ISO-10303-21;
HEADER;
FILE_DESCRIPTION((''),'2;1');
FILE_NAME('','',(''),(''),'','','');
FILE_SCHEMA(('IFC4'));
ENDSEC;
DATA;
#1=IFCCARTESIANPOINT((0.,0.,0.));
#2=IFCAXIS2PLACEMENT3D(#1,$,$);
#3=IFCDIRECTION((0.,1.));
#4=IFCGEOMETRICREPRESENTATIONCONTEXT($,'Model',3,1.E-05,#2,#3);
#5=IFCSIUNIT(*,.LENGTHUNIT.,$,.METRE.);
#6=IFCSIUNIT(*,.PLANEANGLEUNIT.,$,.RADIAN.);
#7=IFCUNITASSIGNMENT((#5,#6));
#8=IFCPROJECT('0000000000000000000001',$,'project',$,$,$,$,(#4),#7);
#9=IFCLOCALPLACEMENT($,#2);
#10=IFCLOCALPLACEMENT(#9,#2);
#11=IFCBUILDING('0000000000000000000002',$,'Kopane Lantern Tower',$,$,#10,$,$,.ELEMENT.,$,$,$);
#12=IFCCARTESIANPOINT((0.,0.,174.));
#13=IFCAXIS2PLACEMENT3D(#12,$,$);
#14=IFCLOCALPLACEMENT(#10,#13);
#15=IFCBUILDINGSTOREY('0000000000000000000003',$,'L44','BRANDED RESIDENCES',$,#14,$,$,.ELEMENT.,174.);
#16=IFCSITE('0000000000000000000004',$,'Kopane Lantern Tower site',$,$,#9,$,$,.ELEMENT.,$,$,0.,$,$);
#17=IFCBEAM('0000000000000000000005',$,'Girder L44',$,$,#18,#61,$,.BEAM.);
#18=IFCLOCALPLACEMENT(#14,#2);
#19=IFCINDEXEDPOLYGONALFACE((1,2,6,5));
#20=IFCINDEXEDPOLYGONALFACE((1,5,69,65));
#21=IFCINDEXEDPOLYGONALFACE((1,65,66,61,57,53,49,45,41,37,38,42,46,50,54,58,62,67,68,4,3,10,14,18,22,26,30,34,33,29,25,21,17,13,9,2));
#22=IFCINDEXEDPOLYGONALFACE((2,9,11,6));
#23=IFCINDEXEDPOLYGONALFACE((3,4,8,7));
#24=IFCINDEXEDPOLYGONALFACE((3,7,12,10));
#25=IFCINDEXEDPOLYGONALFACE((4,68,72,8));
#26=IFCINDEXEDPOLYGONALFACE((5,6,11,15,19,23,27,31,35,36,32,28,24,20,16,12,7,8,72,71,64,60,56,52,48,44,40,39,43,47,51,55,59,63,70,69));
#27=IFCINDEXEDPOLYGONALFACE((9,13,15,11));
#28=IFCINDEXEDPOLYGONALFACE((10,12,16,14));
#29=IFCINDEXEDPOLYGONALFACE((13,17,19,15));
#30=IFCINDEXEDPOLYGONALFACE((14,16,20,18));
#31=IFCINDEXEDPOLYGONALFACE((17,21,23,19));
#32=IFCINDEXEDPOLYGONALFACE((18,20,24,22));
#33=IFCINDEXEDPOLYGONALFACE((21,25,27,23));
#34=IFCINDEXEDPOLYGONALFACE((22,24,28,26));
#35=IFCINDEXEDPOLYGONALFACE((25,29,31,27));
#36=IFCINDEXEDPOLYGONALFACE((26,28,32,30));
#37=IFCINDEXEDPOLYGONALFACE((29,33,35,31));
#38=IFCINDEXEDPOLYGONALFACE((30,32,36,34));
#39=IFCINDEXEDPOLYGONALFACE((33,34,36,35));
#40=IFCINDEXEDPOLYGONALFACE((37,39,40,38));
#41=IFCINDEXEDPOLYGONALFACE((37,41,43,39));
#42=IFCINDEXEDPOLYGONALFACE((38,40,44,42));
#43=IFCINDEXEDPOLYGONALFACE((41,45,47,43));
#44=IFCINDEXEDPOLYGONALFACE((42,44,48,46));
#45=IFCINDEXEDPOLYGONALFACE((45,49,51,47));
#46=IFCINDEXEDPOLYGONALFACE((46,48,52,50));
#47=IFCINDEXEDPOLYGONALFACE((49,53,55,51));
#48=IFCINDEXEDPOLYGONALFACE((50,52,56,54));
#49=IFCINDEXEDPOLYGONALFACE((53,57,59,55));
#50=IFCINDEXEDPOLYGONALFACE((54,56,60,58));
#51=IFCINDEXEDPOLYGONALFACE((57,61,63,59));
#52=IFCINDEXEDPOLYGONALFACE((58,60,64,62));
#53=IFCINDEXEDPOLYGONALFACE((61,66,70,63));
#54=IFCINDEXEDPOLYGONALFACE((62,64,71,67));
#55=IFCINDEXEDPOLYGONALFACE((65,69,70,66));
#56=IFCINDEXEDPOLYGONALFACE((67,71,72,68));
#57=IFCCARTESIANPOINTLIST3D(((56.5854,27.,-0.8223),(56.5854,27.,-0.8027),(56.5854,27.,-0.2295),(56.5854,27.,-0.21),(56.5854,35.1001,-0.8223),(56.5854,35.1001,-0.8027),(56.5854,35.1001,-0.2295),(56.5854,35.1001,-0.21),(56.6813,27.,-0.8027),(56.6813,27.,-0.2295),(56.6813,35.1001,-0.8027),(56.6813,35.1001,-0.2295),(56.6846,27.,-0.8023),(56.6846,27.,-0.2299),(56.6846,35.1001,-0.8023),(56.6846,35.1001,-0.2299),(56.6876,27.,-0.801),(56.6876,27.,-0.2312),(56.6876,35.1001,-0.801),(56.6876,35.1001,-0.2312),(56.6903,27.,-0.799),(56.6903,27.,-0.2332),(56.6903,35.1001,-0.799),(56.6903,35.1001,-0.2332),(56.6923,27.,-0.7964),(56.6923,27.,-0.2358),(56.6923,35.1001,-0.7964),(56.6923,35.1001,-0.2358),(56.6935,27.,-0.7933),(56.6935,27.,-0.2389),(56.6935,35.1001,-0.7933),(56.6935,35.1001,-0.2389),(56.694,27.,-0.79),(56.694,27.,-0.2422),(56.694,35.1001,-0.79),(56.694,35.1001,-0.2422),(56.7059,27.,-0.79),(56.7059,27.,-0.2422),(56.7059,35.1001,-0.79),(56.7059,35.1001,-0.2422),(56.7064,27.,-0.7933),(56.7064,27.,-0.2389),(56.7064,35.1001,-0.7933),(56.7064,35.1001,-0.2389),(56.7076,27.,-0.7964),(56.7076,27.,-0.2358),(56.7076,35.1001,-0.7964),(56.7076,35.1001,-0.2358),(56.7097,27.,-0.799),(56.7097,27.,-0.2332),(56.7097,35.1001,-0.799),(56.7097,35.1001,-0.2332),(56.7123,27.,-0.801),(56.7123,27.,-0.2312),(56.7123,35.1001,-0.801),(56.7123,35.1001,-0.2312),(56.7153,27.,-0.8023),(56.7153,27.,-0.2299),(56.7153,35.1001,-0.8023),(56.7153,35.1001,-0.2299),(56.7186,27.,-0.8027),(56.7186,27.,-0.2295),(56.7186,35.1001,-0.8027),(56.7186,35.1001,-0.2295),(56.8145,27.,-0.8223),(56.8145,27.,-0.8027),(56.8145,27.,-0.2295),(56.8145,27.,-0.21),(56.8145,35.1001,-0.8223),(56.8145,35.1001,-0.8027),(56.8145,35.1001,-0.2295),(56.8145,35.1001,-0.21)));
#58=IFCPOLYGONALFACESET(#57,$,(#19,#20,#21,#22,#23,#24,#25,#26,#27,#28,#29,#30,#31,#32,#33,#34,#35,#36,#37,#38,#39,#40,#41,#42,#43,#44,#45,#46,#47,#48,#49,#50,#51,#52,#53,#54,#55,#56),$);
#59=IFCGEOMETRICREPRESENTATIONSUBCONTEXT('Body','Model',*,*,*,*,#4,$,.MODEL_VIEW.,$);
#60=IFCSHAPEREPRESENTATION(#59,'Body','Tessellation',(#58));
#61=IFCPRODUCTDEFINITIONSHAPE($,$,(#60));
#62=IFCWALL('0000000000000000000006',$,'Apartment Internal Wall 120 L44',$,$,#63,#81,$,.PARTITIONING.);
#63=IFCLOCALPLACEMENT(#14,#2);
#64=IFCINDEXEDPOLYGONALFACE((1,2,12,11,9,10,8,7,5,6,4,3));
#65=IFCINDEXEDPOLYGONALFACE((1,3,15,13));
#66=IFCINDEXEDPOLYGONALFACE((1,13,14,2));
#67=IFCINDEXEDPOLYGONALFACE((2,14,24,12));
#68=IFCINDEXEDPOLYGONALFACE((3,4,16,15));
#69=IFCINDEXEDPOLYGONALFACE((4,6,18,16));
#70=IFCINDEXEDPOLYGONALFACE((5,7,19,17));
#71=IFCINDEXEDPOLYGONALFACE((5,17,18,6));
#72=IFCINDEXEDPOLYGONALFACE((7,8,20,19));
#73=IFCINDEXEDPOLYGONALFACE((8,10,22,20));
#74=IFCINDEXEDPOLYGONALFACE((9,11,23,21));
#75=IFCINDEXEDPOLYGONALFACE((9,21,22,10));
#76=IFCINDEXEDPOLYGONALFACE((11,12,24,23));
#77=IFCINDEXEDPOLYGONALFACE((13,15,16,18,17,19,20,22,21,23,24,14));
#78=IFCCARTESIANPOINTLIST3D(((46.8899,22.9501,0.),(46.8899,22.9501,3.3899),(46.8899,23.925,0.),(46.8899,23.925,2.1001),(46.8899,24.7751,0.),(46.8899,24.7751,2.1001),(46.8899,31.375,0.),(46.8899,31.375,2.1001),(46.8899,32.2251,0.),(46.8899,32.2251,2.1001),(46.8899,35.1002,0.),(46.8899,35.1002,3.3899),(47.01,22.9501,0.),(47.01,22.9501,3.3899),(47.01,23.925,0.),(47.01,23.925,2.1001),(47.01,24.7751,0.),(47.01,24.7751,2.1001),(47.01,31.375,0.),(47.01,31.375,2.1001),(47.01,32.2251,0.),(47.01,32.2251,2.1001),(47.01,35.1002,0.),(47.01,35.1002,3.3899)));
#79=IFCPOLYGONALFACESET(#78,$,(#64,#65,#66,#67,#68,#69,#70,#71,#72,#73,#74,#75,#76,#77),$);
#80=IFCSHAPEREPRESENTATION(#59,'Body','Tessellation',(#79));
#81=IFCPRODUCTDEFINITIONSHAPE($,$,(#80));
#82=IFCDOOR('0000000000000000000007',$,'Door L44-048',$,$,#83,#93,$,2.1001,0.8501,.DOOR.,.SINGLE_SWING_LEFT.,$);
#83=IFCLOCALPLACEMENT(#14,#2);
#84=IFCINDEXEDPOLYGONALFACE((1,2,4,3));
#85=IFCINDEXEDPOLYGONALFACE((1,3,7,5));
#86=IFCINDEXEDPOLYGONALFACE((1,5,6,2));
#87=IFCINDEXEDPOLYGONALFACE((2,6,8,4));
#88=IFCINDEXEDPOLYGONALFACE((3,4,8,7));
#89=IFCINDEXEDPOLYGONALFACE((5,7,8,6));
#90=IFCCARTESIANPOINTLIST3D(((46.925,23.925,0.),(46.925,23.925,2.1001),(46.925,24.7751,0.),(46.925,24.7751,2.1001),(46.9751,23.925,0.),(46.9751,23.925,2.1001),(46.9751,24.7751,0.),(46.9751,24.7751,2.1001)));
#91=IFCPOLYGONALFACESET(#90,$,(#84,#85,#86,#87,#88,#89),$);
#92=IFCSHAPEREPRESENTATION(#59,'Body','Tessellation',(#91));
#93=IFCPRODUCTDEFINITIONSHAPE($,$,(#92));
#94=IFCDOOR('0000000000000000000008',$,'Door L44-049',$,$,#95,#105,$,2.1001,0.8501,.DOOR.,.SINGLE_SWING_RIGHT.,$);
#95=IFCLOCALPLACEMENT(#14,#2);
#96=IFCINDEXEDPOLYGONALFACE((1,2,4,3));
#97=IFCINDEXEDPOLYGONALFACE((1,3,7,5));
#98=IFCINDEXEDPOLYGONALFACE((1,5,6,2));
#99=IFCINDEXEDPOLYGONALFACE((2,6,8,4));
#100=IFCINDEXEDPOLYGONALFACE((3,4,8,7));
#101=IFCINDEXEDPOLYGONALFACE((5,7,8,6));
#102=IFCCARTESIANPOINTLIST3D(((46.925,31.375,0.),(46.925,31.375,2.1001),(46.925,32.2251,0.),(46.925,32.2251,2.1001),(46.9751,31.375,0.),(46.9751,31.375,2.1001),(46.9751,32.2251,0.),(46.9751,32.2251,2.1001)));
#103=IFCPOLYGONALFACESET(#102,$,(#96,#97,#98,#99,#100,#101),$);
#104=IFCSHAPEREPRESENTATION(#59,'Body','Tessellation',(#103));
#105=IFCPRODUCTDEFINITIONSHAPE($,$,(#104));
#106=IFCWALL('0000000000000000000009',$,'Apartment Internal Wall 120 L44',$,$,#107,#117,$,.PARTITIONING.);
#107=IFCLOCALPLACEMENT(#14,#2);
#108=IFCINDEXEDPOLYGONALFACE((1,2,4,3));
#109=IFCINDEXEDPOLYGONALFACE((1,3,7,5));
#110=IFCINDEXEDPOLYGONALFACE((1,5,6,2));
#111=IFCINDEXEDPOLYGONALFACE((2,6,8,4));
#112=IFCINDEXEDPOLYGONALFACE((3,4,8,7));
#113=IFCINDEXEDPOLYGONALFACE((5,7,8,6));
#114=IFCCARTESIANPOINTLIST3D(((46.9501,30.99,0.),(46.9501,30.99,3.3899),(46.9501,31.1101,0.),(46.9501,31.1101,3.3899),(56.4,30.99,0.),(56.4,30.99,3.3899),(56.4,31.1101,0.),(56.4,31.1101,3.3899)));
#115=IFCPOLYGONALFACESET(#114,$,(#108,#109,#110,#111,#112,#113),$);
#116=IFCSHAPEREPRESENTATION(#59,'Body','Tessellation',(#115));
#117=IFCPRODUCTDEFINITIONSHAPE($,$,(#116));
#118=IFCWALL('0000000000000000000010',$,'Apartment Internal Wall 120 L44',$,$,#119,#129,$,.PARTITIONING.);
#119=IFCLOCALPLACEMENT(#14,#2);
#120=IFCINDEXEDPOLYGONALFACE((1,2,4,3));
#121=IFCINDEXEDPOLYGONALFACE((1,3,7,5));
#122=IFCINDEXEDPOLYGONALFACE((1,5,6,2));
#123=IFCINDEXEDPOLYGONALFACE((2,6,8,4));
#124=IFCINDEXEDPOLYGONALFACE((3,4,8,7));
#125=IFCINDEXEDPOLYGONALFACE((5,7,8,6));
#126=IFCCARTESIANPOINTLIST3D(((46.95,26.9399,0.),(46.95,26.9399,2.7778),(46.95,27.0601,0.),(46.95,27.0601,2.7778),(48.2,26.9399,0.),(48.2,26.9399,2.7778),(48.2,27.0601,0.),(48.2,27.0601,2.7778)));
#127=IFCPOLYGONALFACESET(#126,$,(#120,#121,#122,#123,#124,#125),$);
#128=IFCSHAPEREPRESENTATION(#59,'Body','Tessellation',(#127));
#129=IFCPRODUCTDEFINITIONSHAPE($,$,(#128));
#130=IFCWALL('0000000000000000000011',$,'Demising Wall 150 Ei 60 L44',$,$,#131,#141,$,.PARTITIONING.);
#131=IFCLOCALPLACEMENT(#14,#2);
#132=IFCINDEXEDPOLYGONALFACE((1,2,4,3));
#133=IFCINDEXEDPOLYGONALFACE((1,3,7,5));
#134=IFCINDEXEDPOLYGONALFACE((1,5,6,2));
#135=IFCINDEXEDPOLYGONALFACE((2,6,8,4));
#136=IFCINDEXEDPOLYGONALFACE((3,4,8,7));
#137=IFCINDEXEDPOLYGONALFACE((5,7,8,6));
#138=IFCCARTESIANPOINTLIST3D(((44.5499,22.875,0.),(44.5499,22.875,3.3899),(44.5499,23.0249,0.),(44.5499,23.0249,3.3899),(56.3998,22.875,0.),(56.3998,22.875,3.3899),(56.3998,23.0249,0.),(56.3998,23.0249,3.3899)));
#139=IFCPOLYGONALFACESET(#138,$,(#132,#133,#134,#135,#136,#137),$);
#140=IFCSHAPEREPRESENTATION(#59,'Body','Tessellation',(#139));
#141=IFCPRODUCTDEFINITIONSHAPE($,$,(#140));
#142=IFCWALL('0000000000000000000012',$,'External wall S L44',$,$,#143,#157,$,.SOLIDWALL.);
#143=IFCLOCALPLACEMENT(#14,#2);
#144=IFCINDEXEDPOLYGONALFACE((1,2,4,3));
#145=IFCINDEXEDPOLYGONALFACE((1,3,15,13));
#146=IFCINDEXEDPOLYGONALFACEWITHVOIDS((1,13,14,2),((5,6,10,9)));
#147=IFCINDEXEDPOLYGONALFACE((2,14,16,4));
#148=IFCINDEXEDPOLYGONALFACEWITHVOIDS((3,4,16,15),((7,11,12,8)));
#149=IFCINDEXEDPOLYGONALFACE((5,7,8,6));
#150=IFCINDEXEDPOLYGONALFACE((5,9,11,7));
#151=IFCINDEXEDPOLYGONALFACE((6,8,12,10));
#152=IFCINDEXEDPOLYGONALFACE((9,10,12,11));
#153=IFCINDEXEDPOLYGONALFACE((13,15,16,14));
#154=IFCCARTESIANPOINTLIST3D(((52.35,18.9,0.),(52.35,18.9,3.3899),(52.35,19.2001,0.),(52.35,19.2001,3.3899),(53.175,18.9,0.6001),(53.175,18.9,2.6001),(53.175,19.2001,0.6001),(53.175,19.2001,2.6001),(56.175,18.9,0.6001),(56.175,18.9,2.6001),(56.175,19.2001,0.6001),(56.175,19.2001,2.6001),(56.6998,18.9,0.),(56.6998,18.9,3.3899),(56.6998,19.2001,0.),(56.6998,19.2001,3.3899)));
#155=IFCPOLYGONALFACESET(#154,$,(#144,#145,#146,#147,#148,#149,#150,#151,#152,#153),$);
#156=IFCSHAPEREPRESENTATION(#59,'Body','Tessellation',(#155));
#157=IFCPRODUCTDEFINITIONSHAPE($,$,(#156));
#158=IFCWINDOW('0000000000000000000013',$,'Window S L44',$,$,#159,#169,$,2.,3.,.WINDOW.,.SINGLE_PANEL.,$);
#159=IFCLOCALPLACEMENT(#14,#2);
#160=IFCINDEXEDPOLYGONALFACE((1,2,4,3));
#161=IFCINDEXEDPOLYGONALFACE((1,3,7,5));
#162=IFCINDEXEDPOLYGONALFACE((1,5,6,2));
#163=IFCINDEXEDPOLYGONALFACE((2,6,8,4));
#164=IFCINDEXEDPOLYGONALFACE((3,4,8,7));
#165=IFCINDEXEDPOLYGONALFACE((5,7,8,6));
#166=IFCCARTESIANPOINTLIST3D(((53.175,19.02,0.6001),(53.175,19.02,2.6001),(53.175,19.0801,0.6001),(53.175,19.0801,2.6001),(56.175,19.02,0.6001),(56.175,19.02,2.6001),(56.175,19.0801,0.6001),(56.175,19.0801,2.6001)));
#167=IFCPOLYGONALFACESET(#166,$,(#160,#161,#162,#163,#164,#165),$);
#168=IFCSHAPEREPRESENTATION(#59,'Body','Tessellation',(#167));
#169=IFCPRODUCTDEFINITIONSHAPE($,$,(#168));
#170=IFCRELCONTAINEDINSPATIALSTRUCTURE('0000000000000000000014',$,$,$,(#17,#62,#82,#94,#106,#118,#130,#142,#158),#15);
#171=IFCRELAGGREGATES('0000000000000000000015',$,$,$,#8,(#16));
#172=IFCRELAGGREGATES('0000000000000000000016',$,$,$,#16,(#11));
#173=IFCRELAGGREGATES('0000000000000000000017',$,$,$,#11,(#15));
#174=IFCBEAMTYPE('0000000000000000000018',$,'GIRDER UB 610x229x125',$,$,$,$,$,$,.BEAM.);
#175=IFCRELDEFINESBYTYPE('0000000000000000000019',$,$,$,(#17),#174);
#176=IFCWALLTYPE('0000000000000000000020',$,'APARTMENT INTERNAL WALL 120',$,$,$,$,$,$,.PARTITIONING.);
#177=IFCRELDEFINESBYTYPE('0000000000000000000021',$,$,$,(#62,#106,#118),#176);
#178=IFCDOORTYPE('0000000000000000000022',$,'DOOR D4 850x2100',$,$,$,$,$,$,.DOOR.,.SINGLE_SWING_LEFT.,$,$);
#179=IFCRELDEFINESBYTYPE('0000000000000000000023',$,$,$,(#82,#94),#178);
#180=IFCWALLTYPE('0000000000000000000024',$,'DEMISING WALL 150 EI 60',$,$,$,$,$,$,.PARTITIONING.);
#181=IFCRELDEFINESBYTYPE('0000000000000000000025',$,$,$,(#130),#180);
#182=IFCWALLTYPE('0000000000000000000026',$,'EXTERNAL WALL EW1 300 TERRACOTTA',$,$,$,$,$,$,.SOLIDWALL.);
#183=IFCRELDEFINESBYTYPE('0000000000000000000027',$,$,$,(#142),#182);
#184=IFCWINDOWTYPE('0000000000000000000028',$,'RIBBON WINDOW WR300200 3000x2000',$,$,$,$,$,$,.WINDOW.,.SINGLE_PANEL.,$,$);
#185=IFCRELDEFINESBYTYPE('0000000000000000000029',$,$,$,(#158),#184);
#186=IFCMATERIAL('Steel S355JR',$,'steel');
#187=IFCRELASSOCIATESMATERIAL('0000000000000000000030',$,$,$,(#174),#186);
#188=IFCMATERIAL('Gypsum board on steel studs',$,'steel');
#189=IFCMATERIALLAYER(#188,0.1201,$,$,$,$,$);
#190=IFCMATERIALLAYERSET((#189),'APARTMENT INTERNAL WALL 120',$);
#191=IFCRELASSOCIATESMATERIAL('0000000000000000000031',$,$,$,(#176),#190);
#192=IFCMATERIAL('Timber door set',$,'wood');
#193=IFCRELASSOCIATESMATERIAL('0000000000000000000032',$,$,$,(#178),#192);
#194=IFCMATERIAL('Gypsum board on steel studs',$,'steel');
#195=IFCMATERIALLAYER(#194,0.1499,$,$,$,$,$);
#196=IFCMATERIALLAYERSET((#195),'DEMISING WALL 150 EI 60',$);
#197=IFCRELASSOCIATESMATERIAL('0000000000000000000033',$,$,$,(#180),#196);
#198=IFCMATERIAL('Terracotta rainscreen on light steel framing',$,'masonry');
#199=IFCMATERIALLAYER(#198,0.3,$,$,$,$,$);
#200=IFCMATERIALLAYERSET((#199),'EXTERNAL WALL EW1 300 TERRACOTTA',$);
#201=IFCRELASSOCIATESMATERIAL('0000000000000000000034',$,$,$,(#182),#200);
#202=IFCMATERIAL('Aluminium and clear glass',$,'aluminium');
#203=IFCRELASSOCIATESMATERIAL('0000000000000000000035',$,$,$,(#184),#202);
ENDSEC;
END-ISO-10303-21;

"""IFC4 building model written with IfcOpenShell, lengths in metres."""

from ifc_helpers import new_model, si_unit, direction, frame, frame_2d, origin, origin_2d, place, context, subcontext, project, spatial, rectangle, i_section, extrude, material, layer, layer_set, material_profile, profile_set, type_object, element, fill, save


model = new_model("IFC4")

# Units and contexts
model_context = context("Model", 3, precision=1e-05, world=origin(), true_north=direction((0.0, 1.0)))
body_context = subcontext(model_context, "Body", "Model", "MODEL_VIEW")
ifc_project = project(units=[si_unit("LENGTHUNIT", "METRE"), si_unit("PLANEANGLEUNIT", "RADIAN")], contexts=[model_context])

# Site, building, storey
site_placement = place(None, origin())
site = spatial("IfcSite", under=ifc_project, at=site_placement, Name="Kopane Lantern Tower site", CompositionType="ELEMENT", RefElevation=0.0)
building_placement = place(site_placement, origin())
building = spatial("IfcBuilding", under=site, at=building_placement, Name="Kopane Lantern Tower", CompositionType="ELEMENT")
storey_placement = place(building_placement, frame((0.0, 0.0, 174.0)))
storey = spatial("IfcBuildingStorey", under=building, at=storey_placement, Name="L44", Description="BRANDED RESIDENCES", CompositionType="ELEMENT", Elevation=174.0)

# Beam
ifc_material_1 = material(Name="Steel S355JR", Category="steel")
ifc_material_profile_1 = material_profile(ifc_material_1, i_section(OverallWidth=0.229, OverallDepth=0.6123, WebThickness=0.012, FlangeThickness=0.0195, FilletRadius=0.0127, at=origin_2d()), Name="UB 610x229x125")
ifc_profile_set_1 = profile_set([ifc_material_profile_1], Name="Steel S355JR")
beam_type = type_object("IfcBeamType", Name="GIRDER UB 610x229x125", PredefinedType="BEAM", material=ifc_profile_set_1)
beam_1_placement = place(storey_placement, frame((56.7, 27.0, -0.5161), z_axis=(0.0, 1.0, 0.0), x_axis=(-1.0, 0.0, 0.0)))
element("IfcBeam", 1, at=beam_1_placement, inside=storey, type_object=beam_type, Name="Girder L44", PredefinedType="BEAM", context=body_context, shape_type="SweptSolid", body=[
    extrude(i_section(OverallWidth=0.229, OverallDepth=0.6123, WebThickness=0.012, FlangeThickness=0.0195, FilletRadius=0.0127, at=origin_2d()), origin(), (0.0, 0.0, 1.0), 8.1001),
])

# Wall, openings, doors
ifc_material_2 = material(Name="Gypsum board on steel studs", Category="steel")
ifc_layer_1 = layer(ifc_material_2, 0.1201)
ifc_layer_set_1 = layer_set([ifc_layer_1], Name="APARTMENT INTERNAL WALL 120")
wall_type_1 = type_object("IfcWallType", Name="APARTMENT INTERNAL WALL 120", PredefinedType="PARTITIONING", material=ifc_layer_set_1)
wall_1_placement = place(storey_placement, frame((46.95, 22.95, 0.0), z_axis=(0.0, 0.0, 1.0), x_axis=(0.0, 1.0, 0.0)))
wall_1 = element("IfcWall", 2, at=wall_1_placement, inside=storey, type_object=wall_type_1, Name="Apartment Internal Wall 120 L44", PredefinedType="PARTITIONING", context=body_context, shape_type="SweptSolid", body=[
    extrude(rectangle(XDim=12.1501, YDim=0.1201, at=frame_2d((6.0752, 0.0))), origin(), (0.0, 0.0, 1.0), 3.3899),
])
opening_1_placement = place(wall_1_placement, frame((0.9751, 0.0, 0.0)))
opening_1 = element("IfcOpeningElement", 3, at=opening_1_placement, cuts=wall_1, PredefinedType="OPENING", context=body_context, shape_type="SweptSolid", body=[
    extrude(rectangle(XDim=0.8501, YDim=2.1001, at=frame_2d((0.425, 1.05))), frame((0.0, 0.0701, 0.0), z_axis=(0.0, -1.0, 0.0), x_axis=(1.0, 0.0, 0.0)), (0.0, 0.0, 1.0), 0.1401),
])
opening_2_placement = place(wall_1_placement, frame((8.425, 0.0, 0.0)))
opening_2 = element("IfcOpeningElement", 4, at=opening_2_placement, cuts=wall_1, PredefinedType="OPENING", context=body_context, shape_type="SweptSolid", body=[
    extrude(rectangle(XDim=0.8501, YDim=2.1001, at=frame_2d((0.425, 1.05))), frame((0.0, 0.0701, 0.0), z_axis=(0.0, -1.0, 0.0), x_axis=(1.0, 0.0, 0.0)), (0.0, 0.0, 1.0), 0.1401),
])
ifc_material_3 = material(Name="Timber door set", Category="wood")
door_type = type_object("IfcDoorType", Name="DOOR D4 850x2100", OperationType="SINGLE_SWING_LEFT", PredefinedType="DOOR", material=ifc_material_3)
door_1_placement = place(opening_1_placement, origin())
door_1 = element("IfcDoor", 5, at=door_1_placement, inside=storey, type_object=door_type, Name="Door L44-048", OperationType="SINGLE_SWING_LEFT", OverallHeight=2.1001, OverallWidth=0.8501, PredefinedType="DOOR", context=body_context, shape_type="SweptSolid", body=[
    extrude(rectangle(XDim=0.8501, YDim=2.1001, at=frame_2d((0.425, 1.05))), frame((0.0, 0.0249, 0.0), z_axis=(0.0, -1.0, 0.0), x_axis=(1.0, 0.0, 0.0)), (0.0, 0.0, 1.0), 0.05),
])
fill(opening_1, door_1)
door_2_placement = place(opening_2_placement, origin())
door_2 = element("IfcDoor", 6, at=door_2_placement, inside=storey, type_object=door_type, Name="Door L44-049", OperationType="SINGLE_SWING_RIGHT", OverallHeight=2.1001, OverallWidth=0.8501, PredefinedType="DOOR", context=body_context, shape_type="SweptSolid", body=[
    extrude(rectangle(XDim=0.8501, YDim=2.1001, at=frame_2d((0.425, 1.05))), frame((0.0, 0.0249, 0.0), z_axis=(0.0, -1.0, 0.0), x_axis=(1.0, 0.0, 0.0)), (0.0, 0.0, 1.0), 0.05),
])
fill(opening_2, door_2)

# Walls
wall_2_placement = place(storey_placement, frame((46.95, 31.05, 0.0), z_axis=(0.0, 0.0, 1.0), x_axis=(1.0, 0.0, 0.0)))
element("IfcWall", 7, at=wall_2_placement, inside=storey, type_object=wall_type_1, Name="Apartment Internal Wall 120 L44", PredefinedType="PARTITIONING", context=body_context, shape_type="SweptSolid", body=[
    extrude(rectangle(XDim=9.45, YDim=0.1201, at=frame_2d((4.7251, 0.0))), origin(), (0.0, 0.0, 1.0), 3.3899),
])
wall_3_placement = place(storey_placement, frame((46.95, 27.0, 0.0), z_axis=(0.0, 0.0, 1.0), x_axis=(1.0, 0.0, 0.0)))
element("IfcWall", 8, at=wall_3_placement, inside=storey, type_object=wall_type_1, Name="Apartment Internal Wall 120 L44", PredefinedType="PARTITIONING", context=body_context, shape_type="SweptSolid", body=[
    extrude(rectangle(XDim=1.25, YDim=0.1201, at=frame_2d((0.625, 0.0))), origin(), (0.0, 0.0, 1.0), 2.7778),
])
ifc_material_4 = material(Name="Gypsum board on steel studs", Category="steel")
ifc_layer_2 = layer(ifc_material_4, 0.1499)
ifc_layer_set_2 = layer_set([ifc_layer_2], Name="DEMISING WALL 150 EI 60")
wall_type_2 = type_object("IfcWallType", Name="DEMISING WALL 150 EI 60", PredefinedType="PARTITIONING", material=ifc_layer_set_2)
wall_4_placement = place(storey_placement, frame((44.55, 22.95, 0.0), z_axis=(0.0, 0.0, 1.0), x_axis=(1.0, 0.0, 0.0)))
element("IfcWall", 9, at=wall_4_placement, inside=storey, type_object=wall_type_2, Name="Demising Wall 150 Ei 60 L44", PredefinedType="PARTITIONING", context=body_context, shape_type="SweptSolid", body=[
    extrude(rectangle(XDim=11.8499, YDim=0.1499, at=frame_2d((5.9248, 0.0))), origin(), (0.0, 0.0, 1.0), 3.3899),
])

# Wall, opening, window
ifc_material_5 = material(Name="Terracotta rainscreen on light steel framing", Category="masonry")
ifc_layer_3 = layer(ifc_material_5, 0.3)
ifc_layer_set_3 = layer_set([ifc_layer_3], Name="EXTERNAL WALL EW1 300 TERRACOTTA")
wall_type_3 = type_object("IfcWallType", Name="EXTERNAL WALL EW1 300 TERRACOTTA", PredefinedType="SOLIDWALL", material=ifc_layer_set_3)
wall_5_placement = place(storey_placement, frame((52.3501, 19.05, 0.0), z_axis=(0.0, 0.0, 1.0), x_axis=(1.0, 0.0, 0.0)))
wall_5 = element("IfcWall", 10, at=wall_5_placement, inside=storey, type_object=wall_type_3, Name="External wall S L44", PredefinedType="SOLIDWALL", context=body_context, shape_type="SweptSolid", body=[
    extrude(rectangle(XDim=4.3499, YDim=0.3, at=frame_2d((2.1748, 0.0))), origin(), (0.0, 0.0, 1.0), 3.3899),
])
opening_3_placement = place(wall_5_placement, frame((0.825, 0.0, 0.6001)))
opening_3 = element("IfcOpeningElement", 11, at=opening_3_placement, cuts=wall_5, PredefinedType="OPENING", context=body_context, shape_type="SweptSolid", body=[
    extrude(rectangle(XDim=3.0, YDim=2.0, at=frame_2d((1.5, 1.0))), frame((0.0, 0.1599, 0.0), z_axis=(0.0, -1.0, 0.0), x_axis=(1.0, 0.0, 0.0)), (0.0, 0.0, 1.0), 0.3201),
])
ifc_material_6 = material(Name="Aluminium and clear glass", Category="aluminium")
window_type_1 = type_object("IfcWindowType", Name="RIBBON WINDOW WR300200 3000x2000", PartitioningType="SINGLE_PANEL", PredefinedType="WINDOW", material=ifc_material_6)
window_1_placement = place(opening_3_placement, origin())
window_1 = element("IfcWindow", 12, at=window_1_placement, inside=storey, type_object=window_type_1, Name="Window S L44", OverallHeight=2.0, OverallWidth=3.0, PartitioningType="SINGLE_PANEL", PredefinedType="WINDOW", context=body_context, shape_type="SweptSolid", body=[
    extrude(rectangle(XDim=3.0, YDim=2.0, at=frame_2d((1.5, 1.0))), frame((0.0, 0.03, 0.0), z_axis=(0.0, -1.0, 0.0), x_axis=(1.0, 0.0, 0.0)), (0.0, 0.0, 1.0), 0.0601),
])
fill(opening_3, window_1)

save(model, "model.ifc")
